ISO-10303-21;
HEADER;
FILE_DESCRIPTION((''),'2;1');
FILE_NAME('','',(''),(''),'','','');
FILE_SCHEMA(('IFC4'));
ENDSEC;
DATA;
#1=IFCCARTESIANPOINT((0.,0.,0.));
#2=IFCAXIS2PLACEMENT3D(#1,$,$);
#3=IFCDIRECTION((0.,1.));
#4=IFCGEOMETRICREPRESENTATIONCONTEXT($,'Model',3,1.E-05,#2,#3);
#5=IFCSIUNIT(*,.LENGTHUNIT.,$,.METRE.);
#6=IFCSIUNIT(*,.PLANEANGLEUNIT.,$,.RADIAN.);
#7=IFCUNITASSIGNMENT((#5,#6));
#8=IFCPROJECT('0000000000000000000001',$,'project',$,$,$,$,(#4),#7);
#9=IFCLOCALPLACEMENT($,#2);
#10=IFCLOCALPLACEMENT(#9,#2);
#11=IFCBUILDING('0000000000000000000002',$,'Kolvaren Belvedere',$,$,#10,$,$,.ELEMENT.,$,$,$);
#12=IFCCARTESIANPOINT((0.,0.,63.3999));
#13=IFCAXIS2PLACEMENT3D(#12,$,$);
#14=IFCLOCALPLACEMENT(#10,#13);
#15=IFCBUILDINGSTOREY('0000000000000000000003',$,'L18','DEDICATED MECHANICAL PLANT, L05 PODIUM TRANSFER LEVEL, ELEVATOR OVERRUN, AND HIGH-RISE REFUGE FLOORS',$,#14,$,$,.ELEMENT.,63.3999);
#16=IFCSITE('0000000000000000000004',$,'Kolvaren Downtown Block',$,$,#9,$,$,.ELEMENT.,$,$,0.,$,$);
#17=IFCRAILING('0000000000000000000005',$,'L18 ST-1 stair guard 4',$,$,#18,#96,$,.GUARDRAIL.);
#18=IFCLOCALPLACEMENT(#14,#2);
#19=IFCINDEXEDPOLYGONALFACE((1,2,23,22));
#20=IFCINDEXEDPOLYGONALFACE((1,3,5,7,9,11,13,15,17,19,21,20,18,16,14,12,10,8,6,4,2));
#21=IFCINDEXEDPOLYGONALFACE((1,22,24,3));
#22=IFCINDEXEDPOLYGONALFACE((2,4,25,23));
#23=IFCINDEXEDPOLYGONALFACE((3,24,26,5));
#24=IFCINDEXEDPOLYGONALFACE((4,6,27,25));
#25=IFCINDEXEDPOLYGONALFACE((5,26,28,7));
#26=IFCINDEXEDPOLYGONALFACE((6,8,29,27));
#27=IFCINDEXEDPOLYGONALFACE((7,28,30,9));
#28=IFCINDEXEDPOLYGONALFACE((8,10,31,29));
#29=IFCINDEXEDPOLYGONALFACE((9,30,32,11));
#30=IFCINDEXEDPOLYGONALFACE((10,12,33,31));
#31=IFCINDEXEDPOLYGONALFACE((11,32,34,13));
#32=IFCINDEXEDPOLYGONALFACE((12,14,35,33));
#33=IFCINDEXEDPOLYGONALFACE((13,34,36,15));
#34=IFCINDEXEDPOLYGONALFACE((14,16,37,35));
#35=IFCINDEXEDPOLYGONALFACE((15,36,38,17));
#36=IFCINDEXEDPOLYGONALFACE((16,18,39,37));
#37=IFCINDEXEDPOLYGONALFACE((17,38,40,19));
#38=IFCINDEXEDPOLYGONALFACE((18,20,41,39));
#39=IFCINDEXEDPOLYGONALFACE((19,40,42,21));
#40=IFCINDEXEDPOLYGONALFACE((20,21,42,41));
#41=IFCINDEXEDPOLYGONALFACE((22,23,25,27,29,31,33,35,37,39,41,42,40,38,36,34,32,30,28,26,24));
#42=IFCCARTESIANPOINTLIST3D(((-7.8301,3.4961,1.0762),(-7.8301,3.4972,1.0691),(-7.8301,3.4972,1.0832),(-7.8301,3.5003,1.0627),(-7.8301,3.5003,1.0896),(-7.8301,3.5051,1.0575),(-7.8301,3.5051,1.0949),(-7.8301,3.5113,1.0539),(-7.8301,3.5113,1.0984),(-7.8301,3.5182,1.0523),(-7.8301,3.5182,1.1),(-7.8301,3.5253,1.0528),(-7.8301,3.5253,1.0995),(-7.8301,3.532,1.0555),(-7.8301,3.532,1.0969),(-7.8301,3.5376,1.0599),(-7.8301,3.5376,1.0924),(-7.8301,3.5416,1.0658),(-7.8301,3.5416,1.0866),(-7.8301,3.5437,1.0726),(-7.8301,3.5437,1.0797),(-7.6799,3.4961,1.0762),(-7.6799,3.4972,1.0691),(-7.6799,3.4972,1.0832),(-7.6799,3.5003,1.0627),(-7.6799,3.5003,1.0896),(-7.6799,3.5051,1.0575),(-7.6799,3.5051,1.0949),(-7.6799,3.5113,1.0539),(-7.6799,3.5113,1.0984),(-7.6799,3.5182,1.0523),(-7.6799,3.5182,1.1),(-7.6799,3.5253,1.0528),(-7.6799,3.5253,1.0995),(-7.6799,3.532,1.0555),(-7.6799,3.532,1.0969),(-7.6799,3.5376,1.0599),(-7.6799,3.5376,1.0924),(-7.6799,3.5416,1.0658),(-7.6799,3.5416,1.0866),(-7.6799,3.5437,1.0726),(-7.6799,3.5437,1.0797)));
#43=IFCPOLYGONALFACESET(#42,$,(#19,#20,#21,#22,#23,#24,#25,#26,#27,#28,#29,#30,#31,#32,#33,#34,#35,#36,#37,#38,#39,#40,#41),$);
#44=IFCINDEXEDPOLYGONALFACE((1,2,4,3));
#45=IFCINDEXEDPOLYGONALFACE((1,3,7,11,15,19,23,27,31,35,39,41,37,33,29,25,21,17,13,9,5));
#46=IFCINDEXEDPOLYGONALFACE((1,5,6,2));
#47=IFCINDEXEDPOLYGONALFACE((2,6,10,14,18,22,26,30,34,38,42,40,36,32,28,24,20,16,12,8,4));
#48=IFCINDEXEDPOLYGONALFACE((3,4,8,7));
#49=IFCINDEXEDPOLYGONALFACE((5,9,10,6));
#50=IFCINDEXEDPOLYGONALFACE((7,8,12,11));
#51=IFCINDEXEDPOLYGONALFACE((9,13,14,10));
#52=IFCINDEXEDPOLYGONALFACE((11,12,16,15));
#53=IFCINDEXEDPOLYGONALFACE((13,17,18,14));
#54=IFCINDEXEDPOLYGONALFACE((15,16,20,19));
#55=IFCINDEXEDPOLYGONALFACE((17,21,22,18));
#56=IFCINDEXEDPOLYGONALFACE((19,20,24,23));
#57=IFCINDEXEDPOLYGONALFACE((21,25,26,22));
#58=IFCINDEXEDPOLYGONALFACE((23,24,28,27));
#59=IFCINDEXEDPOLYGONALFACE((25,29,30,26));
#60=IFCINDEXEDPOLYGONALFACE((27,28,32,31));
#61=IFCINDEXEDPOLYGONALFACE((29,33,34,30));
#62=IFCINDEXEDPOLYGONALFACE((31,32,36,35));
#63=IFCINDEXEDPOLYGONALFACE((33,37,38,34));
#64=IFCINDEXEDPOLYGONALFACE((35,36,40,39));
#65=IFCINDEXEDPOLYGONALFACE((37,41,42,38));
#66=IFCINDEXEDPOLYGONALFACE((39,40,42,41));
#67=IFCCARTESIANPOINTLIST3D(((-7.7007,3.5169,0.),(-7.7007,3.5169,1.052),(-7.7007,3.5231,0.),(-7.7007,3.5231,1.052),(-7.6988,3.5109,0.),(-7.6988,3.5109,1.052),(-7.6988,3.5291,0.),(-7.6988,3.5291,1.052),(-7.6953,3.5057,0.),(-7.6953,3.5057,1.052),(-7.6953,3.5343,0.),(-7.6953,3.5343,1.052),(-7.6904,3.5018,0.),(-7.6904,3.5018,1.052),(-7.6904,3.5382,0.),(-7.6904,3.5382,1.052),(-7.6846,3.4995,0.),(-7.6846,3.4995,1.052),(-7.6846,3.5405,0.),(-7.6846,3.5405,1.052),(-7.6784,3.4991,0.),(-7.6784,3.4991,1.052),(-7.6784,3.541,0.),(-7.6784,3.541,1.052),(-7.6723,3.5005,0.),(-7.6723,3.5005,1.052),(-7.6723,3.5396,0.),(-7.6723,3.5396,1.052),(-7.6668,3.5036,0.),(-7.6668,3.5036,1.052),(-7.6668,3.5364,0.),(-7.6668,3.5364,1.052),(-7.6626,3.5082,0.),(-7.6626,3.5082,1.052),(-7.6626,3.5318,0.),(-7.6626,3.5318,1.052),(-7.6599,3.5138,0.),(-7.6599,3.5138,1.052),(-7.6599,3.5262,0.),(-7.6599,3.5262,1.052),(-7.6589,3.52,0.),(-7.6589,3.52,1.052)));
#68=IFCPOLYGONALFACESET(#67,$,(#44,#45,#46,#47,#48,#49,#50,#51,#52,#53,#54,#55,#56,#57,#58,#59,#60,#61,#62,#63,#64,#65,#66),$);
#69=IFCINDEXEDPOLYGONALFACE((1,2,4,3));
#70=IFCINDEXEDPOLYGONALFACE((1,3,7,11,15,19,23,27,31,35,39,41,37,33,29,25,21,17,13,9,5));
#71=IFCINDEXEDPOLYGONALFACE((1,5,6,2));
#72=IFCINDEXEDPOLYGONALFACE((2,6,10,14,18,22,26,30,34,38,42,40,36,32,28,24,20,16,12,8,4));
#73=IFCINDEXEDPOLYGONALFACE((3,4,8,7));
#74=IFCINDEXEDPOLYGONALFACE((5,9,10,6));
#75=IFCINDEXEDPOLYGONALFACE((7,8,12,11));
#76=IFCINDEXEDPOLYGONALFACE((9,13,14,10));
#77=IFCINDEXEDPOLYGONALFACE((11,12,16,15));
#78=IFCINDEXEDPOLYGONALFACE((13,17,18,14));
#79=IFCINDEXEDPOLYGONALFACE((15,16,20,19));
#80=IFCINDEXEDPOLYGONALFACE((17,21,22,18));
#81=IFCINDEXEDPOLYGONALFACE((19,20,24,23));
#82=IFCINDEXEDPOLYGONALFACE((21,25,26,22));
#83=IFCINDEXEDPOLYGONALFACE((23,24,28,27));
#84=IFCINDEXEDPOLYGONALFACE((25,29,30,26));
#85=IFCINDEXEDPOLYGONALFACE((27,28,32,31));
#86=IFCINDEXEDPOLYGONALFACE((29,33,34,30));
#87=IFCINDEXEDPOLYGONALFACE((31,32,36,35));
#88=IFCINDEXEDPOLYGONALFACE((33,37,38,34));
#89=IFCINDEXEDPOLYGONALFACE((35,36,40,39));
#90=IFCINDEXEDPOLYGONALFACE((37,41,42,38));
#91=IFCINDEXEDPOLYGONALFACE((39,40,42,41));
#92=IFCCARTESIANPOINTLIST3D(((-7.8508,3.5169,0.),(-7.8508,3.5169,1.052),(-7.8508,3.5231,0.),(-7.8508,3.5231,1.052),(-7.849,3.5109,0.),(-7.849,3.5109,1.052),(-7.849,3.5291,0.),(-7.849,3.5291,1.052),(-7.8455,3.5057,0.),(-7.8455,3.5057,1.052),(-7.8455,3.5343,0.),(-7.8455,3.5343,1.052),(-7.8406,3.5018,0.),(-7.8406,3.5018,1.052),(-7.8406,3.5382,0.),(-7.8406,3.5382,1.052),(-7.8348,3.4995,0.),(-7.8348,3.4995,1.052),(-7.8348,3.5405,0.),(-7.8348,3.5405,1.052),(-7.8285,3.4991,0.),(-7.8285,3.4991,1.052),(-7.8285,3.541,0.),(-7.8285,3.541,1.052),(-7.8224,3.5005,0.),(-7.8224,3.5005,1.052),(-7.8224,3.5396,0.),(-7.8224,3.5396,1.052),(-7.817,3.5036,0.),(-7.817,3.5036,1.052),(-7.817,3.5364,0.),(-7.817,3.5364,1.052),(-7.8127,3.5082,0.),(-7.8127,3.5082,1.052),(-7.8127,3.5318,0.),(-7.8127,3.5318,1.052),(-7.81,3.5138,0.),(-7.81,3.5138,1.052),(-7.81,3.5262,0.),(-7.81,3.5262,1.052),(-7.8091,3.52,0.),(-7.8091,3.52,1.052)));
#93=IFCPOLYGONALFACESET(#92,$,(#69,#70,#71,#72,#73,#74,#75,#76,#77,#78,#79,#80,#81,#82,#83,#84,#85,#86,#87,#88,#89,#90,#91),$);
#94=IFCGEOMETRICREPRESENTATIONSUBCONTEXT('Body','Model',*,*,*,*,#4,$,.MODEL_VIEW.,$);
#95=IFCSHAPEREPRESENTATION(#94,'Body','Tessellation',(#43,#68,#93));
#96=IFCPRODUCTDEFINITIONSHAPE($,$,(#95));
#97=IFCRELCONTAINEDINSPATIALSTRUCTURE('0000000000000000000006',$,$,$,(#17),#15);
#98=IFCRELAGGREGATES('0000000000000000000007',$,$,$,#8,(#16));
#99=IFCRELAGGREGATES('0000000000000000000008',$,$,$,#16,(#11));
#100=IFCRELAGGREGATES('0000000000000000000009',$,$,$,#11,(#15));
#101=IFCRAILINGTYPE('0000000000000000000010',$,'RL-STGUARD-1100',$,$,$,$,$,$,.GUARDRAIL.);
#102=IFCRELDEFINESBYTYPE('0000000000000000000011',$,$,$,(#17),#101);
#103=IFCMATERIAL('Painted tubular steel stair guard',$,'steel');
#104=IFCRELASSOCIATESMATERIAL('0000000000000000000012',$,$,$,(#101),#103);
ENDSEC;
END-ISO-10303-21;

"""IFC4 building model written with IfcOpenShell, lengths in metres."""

from ifc_helpers import new_model, si_unit, direction, frame, origin, origin_2d, place, context, subcontext, project, spatial, circle, extrude, material, type_object, element, save


model = new_model("IFC4")

# Units and contexts
model_context = context("Model", 3, precision=1e-05, world=origin(), true_north=direction((0.0, 1.0)))
body_context = subcontext(model_context, "Body", "Model", "MODEL_VIEW")
ifc_project = project(units=[si_unit("LENGTHUNIT", "METRE"), si_unit("PLANEANGLEUNIT", "RADIAN")], contexts=[model_context])

# Site, building, storey
site_placement = place(None, origin())
site = spatial("IfcSite", under=ifc_project, at=site_placement, Name="Kolvaren Downtown Block", CompositionType="ELEMENT", RefElevation=0.0)
building_placement = place(site_placement, origin())
building = spatial("IfcBuilding", under=site, at=building_placement, Name="Kolvaren Belvedere", CompositionType="ELEMENT")
storey_placement = place(building_placement, frame((0.0, 0.0, 63.3999)))
storey = spatial("IfcBuildingStorey", under=building, at=storey_placement, Name="L18", Description="DEDICATED MECHANICAL PLANT, L05 PODIUM TRANSFER LEVEL, ELEVATOR OVERRUN, AND HIGH-RISE REFUGE FLOORS", CompositionType="ELEMENT", Elevation=63.3999)

# Railing
ifc_material_1 = material(Name="Painted tubular steel stair guard", Category="steel")
railing_type_1 = type_object("IfcRailingType", Name="RL-STGUARD-1100", PredefinedType="GUARDRAIL", material=ifc_material_1)
railing_1_placement = place(storey_placement, frame((-7.6799, 3.52, 0.0)))
element("IfcRailing", 1, at=railing_1_placement, inside=storey, type_object=railing_type_1, Name="L18 ST-1 stair guard 4", PredefinedType="GUARDRAIL", context=body_context, shape_type="SweptSolid", body=[
    extrude(circle(Radius=0.0239, at=origin_2d()), frame((0.0, 0.0, 1.0762), z_axis=(-1.0, 0.0, 0.0), x_axis=(0.0, -1.0, 0.0)), (0.0, 0.0, 1.0), 0.1501),
    extrude(circle(Radius=0.021, at=origin_2d()), origin(), (0.0, 0.0, 1.0), 1.052),
    extrude(circle(Radius=0.021, at=origin_2d()), frame((-0.1501, 0.0, 0.0)), (0.0, 0.0, 1.0), 1.052),
])

save(model, "model.ifc")
